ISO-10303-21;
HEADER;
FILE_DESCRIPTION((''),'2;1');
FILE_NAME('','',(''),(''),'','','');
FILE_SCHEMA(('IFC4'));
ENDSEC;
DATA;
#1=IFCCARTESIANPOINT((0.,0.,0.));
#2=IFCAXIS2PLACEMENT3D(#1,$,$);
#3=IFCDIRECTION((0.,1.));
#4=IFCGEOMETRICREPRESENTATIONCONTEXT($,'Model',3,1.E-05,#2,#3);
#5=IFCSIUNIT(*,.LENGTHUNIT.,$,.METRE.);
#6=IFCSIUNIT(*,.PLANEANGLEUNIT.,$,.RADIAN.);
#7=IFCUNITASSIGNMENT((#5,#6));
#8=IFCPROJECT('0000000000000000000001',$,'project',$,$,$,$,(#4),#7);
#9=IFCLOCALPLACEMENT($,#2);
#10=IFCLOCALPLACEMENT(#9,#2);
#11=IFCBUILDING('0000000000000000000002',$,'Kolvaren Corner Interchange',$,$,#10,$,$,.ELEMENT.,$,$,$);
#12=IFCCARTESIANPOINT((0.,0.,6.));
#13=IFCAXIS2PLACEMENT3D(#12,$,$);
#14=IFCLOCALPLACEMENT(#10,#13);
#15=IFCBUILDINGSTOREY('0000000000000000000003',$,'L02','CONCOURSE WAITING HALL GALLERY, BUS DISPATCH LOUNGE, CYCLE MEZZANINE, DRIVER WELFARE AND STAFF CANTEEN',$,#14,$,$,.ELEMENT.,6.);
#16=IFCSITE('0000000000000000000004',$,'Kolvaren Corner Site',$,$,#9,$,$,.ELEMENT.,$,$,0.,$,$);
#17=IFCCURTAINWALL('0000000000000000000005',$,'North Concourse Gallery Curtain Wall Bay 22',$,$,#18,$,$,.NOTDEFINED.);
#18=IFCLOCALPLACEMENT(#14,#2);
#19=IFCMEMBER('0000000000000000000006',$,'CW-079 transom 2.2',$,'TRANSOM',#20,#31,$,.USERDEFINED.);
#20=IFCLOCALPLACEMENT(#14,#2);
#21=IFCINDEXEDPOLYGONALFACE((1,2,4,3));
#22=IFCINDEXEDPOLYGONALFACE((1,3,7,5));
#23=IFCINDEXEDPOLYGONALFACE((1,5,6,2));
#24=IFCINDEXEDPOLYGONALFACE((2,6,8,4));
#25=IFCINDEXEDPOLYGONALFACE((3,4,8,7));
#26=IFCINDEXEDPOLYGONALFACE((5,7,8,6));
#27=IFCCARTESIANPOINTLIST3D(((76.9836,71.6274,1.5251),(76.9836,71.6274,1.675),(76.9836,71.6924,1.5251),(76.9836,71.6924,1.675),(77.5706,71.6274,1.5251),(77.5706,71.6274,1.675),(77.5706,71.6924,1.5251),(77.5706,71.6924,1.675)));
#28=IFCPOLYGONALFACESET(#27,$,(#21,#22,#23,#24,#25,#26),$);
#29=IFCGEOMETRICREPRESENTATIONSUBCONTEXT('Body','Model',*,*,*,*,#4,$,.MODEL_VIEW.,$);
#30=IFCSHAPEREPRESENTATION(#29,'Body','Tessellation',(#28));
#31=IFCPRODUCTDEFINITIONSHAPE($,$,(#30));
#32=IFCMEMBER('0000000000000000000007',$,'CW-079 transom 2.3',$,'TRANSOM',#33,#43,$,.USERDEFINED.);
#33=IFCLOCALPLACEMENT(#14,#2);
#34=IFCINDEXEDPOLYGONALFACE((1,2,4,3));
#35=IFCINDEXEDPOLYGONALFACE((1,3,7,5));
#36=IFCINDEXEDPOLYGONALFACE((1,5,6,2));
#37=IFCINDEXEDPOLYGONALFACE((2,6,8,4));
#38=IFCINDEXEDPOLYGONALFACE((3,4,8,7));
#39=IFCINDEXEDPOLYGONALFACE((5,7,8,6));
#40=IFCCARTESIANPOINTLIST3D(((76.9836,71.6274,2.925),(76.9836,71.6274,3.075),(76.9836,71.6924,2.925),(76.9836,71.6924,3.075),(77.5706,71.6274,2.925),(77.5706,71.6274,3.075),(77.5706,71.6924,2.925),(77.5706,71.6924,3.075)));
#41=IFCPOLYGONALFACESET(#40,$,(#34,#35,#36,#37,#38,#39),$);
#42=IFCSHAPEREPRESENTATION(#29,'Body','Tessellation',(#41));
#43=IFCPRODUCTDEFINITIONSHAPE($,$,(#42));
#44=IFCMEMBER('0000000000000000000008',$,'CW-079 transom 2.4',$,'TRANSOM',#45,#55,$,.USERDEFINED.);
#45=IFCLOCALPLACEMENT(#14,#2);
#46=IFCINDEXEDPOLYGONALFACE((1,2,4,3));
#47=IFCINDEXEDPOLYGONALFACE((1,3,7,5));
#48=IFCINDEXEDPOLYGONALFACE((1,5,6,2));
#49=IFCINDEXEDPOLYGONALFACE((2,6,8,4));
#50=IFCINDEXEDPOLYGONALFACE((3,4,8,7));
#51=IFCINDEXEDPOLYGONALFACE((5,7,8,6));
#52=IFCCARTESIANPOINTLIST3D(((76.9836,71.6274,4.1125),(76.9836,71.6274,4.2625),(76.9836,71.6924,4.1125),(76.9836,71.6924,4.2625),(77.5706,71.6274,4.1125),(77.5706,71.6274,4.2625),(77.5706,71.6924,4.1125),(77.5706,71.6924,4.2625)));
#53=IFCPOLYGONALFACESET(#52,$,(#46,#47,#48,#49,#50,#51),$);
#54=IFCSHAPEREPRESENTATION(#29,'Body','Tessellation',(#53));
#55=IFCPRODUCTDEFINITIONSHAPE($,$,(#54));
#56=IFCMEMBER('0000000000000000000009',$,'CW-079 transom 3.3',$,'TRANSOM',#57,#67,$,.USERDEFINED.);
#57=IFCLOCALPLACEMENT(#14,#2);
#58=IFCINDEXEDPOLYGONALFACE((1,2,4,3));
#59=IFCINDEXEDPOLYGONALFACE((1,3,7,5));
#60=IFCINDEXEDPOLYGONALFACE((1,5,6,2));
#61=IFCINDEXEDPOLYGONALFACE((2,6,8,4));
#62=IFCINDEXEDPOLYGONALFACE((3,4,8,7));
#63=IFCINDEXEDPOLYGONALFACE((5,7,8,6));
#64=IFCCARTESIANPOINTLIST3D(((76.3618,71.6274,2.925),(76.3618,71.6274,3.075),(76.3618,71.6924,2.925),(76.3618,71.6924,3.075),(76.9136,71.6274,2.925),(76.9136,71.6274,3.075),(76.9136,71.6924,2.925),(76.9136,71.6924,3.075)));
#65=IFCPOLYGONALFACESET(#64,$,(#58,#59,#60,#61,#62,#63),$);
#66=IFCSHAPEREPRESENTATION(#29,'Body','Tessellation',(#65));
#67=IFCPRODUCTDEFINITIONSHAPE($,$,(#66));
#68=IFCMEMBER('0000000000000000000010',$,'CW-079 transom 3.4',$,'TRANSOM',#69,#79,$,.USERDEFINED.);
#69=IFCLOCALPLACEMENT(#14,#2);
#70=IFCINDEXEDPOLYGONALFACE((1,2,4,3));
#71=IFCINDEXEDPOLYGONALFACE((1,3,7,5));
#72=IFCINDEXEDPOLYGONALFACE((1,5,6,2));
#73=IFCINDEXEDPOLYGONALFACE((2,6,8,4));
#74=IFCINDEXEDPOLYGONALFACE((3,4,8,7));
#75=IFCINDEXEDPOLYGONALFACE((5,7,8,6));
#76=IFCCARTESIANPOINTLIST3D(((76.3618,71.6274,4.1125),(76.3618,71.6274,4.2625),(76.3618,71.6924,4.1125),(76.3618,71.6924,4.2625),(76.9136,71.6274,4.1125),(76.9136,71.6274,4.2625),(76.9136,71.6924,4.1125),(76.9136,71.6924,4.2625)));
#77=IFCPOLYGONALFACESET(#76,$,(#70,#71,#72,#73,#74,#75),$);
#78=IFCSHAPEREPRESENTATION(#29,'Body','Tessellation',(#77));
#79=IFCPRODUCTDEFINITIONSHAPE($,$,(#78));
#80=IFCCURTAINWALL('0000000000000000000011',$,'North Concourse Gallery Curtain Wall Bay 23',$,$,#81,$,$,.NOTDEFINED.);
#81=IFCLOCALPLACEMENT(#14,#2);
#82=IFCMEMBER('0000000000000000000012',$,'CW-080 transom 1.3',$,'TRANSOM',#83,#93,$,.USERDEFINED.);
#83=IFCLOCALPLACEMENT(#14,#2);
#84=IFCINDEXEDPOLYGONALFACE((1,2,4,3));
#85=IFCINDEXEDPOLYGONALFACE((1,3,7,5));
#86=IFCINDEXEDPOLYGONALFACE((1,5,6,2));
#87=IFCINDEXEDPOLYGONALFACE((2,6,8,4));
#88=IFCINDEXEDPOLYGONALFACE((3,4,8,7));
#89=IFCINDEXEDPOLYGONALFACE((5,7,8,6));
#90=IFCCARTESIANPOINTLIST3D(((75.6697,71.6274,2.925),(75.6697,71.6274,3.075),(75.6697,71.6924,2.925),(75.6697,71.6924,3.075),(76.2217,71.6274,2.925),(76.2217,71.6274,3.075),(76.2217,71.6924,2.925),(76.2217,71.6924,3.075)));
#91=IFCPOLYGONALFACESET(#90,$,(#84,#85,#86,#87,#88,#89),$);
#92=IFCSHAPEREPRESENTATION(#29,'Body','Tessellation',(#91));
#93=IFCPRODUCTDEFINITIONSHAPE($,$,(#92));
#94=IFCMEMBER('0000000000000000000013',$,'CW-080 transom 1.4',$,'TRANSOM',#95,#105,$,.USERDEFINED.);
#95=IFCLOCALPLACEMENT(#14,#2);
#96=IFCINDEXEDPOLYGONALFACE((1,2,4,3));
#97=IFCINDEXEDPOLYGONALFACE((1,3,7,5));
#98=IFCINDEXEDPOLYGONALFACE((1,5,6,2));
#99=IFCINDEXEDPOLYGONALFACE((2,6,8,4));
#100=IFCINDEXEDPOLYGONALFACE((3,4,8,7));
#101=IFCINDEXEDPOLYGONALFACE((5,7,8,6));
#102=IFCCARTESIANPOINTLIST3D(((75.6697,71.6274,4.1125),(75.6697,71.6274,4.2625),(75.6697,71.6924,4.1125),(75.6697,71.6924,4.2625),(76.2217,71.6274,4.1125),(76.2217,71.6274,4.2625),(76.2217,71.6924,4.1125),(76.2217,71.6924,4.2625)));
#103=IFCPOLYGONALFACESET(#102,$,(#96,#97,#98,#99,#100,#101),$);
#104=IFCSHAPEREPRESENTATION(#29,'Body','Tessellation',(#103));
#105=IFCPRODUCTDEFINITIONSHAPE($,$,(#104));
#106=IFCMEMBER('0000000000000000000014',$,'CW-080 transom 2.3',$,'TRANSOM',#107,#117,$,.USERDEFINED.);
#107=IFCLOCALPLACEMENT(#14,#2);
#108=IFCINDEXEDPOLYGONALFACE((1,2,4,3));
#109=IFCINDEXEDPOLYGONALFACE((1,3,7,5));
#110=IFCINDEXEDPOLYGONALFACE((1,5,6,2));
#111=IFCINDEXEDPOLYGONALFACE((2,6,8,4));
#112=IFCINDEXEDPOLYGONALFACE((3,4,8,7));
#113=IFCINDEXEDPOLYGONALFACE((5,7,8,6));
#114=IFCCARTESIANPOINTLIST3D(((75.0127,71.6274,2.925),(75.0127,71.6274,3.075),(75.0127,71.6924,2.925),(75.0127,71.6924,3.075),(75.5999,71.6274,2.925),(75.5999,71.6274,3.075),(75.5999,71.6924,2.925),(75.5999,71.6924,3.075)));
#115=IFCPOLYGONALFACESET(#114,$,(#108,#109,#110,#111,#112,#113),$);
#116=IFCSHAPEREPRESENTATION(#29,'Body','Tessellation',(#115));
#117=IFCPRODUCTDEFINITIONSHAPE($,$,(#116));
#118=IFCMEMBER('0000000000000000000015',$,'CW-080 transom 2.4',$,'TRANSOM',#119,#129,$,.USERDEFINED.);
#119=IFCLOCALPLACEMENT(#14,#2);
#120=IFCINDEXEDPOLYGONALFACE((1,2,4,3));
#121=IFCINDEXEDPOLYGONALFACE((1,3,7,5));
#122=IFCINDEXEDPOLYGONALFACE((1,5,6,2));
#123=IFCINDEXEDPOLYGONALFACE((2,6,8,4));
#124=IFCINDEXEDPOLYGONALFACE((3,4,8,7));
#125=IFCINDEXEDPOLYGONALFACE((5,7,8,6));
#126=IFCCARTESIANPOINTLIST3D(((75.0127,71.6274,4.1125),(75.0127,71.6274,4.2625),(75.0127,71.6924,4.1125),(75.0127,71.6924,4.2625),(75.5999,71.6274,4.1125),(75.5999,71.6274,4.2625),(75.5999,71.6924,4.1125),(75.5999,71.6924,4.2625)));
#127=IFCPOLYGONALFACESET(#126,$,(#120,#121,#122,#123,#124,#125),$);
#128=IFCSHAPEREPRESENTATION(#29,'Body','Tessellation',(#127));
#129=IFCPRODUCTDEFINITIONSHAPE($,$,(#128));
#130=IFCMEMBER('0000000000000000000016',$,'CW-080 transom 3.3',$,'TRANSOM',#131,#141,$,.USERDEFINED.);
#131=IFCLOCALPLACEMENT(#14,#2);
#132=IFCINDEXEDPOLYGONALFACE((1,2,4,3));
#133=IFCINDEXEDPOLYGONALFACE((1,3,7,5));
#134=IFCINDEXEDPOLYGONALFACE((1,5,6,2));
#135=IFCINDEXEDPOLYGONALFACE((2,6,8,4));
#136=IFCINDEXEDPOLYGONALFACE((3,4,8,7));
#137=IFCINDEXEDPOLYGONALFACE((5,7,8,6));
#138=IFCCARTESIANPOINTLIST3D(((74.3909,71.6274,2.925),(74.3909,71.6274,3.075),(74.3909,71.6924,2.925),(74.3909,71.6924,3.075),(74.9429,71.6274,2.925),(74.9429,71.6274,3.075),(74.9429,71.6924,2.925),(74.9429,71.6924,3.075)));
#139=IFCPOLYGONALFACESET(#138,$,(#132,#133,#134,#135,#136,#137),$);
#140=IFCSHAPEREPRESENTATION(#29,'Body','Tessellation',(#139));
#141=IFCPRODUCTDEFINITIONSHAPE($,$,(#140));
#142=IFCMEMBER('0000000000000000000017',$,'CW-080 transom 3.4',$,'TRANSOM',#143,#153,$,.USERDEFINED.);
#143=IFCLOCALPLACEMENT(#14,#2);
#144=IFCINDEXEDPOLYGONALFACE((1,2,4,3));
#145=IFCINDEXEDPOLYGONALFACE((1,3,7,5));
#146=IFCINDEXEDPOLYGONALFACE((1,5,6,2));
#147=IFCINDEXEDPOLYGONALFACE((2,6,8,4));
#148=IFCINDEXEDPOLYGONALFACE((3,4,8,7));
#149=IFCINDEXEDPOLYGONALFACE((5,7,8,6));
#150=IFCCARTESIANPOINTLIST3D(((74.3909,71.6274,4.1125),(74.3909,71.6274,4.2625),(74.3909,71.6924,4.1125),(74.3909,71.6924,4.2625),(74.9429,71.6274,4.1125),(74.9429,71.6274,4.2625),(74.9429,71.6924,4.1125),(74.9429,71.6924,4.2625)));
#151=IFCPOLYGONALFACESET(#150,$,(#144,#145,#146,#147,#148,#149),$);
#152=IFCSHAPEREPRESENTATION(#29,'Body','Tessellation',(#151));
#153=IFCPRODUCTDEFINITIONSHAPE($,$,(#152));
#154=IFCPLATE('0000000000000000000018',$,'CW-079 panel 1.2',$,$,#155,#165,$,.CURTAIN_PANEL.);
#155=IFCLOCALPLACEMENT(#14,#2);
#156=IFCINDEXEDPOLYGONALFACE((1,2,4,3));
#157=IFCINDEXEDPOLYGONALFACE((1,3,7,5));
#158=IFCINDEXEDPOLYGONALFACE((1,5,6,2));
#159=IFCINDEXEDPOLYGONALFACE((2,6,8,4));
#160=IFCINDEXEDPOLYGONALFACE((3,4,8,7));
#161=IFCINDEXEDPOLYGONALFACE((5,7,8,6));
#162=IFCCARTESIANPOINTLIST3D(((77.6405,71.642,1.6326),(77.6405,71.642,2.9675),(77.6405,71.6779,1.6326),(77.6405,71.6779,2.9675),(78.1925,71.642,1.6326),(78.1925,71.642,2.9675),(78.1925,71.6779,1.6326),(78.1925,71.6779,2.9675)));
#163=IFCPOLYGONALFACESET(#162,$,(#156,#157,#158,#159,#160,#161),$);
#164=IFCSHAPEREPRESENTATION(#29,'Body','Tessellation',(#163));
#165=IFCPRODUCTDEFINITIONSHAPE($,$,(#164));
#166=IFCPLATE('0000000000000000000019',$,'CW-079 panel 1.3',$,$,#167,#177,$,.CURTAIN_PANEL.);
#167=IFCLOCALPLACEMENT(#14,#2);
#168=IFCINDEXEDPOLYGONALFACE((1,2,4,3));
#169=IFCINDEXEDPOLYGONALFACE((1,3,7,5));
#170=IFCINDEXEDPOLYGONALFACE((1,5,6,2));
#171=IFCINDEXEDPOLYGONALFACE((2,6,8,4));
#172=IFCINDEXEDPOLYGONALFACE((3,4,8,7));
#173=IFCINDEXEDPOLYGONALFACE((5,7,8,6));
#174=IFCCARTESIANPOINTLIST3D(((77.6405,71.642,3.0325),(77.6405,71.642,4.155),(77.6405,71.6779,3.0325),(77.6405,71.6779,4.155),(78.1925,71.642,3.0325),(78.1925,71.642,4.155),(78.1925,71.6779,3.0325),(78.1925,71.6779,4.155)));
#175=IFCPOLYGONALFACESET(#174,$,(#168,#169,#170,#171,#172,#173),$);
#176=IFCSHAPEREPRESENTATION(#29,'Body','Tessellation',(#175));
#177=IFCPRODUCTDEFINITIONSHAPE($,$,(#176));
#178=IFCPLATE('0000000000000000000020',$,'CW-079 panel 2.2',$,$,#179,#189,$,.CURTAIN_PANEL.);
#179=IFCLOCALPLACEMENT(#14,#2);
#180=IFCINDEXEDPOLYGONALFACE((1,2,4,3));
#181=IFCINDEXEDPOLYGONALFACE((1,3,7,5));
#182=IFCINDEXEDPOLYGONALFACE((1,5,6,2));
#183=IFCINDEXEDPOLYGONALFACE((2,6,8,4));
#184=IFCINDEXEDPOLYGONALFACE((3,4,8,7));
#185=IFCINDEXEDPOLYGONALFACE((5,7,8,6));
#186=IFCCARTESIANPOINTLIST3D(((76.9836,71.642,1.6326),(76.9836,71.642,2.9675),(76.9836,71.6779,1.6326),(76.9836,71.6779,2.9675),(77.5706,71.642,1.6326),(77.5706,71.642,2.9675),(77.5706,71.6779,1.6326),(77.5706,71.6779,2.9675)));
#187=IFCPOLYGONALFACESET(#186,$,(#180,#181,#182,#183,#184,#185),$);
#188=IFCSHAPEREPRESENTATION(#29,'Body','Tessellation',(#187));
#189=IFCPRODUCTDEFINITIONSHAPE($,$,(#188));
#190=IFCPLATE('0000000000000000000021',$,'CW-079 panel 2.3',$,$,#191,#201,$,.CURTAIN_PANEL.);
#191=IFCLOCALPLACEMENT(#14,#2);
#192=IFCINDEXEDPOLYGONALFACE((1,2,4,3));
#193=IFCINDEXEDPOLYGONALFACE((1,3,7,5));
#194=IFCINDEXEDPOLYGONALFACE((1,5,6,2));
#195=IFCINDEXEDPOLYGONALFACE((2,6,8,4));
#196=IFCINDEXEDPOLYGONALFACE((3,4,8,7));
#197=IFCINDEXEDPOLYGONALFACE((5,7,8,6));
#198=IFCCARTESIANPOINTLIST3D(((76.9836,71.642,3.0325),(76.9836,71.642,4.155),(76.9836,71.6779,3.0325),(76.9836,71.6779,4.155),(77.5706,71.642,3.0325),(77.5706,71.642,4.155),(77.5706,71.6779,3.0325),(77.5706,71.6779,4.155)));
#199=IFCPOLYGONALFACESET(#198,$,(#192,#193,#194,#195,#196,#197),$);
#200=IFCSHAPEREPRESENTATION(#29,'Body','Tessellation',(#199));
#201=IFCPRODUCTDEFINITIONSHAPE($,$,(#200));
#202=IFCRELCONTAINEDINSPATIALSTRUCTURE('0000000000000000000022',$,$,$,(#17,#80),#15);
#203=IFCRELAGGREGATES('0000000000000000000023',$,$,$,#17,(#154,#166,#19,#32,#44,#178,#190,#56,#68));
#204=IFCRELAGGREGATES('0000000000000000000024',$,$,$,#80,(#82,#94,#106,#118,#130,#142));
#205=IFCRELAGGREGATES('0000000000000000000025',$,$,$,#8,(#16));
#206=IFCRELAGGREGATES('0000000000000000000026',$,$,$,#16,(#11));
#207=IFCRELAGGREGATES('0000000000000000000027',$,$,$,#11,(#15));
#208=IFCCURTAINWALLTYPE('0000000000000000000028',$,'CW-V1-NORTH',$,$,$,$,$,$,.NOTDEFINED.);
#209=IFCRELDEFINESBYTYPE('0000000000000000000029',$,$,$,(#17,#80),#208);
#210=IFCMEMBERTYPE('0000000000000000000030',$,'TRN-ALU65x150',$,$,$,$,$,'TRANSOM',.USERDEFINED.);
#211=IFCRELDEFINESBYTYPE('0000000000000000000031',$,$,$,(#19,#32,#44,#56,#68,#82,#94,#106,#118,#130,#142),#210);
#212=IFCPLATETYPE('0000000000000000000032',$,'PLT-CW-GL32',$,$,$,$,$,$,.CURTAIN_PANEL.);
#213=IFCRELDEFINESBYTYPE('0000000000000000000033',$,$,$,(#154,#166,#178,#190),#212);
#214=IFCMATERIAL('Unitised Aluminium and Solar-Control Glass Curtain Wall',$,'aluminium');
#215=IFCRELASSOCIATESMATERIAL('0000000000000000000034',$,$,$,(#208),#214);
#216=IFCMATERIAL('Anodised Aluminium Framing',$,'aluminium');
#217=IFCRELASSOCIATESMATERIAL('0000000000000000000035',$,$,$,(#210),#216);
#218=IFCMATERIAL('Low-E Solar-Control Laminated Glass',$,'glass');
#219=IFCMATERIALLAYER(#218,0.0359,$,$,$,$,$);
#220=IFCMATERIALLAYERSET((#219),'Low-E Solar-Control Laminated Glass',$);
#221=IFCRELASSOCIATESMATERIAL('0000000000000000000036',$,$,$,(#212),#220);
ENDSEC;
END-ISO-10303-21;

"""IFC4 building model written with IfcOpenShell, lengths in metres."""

from ifc_helpers import new_model, si_unit, direction, frame, origin, origin_2d, place, context, subcontext, project, spatial, rectangle, extrude, material, layer, layer_set, material_profile, profile_set, type_object, element, aggregate, save


model = new_model("IFC4")

# Units and contexts
model_context = context("Model", 3, precision=1e-05, world=origin(), true_north=direction((0.0, 1.0)))
body_context = subcontext(model_context, "Body", "Model", "MODEL_VIEW")
ifc_project = project(units=[si_unit("LENGTHUNIT", "METRE"), si_unit("PLANEANGLEUNIT", "RADIAN")], contexts=[model_context])

# Site, building, storey
site_placement = place(None, origin())
site = spatial("IfcSite", under=ifc_project, at=site_placement, Name="Kolvaren Corner Site", CompositionType="ELEMENT", RefElevation=0.0)
building_placement = place(site_placement, origin())
building = spatial("IfcBuilding", under=site, at=building_placement, Name="Kolvaren Corner Interchange", CompositionType="ELEMENT")
storey_placement = place(building_placement, frame((0.0, 0.0, 6.0)))
storey = spatial("IfcBuildingStorey", under=building, at=storey_placement, Name="L02", Description="CONCOURSE WAITING HALL GALLERY, BUS DISPATCH LOUNGE, CYCLE MEZZANINE, DRIVER WELFARE AND STAFF CANTEEN", CompositionType="ELEMENT", Elevation=6.0)

# Curtain walls, members
ifc_material_1 = material(Name="Unitised Aluminium and Solar-Control Glass Curtain Wall", Category="aluminium")
curtain_wall_type = type_object("IfcCurtainWallType", Name="CW-V1-NORTH", PredefinedType="NOTDEFINED", material=ifc_material_1)
curtain_wall_1_placement = place(storey_placement, origin())
curtain_wall_1 = element("IfcCurtainWall", 1, at=curtain_wall_1_placement, inside=storey, type_object=curtain_wall_type, Name="North Concourse Gallery Curtain Wall Bay 22", PredefinedType="NOTDEFINED")
ifc_material_2 = material(Name="Anodised Aluminium Framing", Category="aluminium")
ifc_material_profile = material_profile(ifc_material_2, rectangle(XDim=0.0649, YDim=0.1499, at=origin_2d()), Name="ALU 65x150")
ifc_profile_set = profile_set([ifc_material_profile], Name="Anodised Aluminium Framing")
member_type = type_object("IfcMemberType", Name="TRN-ALU65x150", ElementType="TRANSOM", PredefinedType="USERDEFINED", material=ifc_profile_set)
member_1_placement = place(storey_placement, frame((77.5706, 71.6599, 1.6001), z_axis=(-1.0, 0.0, 0.0), x_axis=(0.0, -1.0, 0.0)))
member_1 = element("IfcMember", 2, at=member_1_placement, type_object=member_type, Name="CW-079 transom 2.2", ObjectType="TRANSOM", PredefinedType="USERDEFINED", context=body_context, shape_type="SweptSolid", body=[
    extrude(rectangle(XDim=0.0649, YDim=0.1499, at=origin_2d()), origin(), (0.0, 0.0, 1.0), 0.5869),
])
member_2_placement = place(storey_placement, frame((77.5706, 71.6599, 3.0), z_axis=(-1.0, 0.0, 0.0), x_axis=(0.0, -1.0, 0.0)))
member_2 = element("IfcMember", 3, at=member_2_placement, type_object=member_type, Name="CW-079 transom 2.3", ObjectType="TRANSOM", PredefinedType="USERDEFINED", context=body_context, shape_type="SweptSolid", body=[
    extrude(rectangle(XDim=0.0649, YDim=0.1499, at=origin_2d()), origin(), (0.0, 0.0, 1.0), 0.5869),
])
member_3_placement = place(storey_placement, frame((77.5706, 71.6599, 4.1875), z_axis=(-1.0, 0.0, 0.0), x_axis=(0.0, -1.0, 0.0)))
member_3 = element("IfcMember", 4, at=member_3_placement, type_object=member_type, Name="CW-079 transom 2.4", ObjectType="TRANSOM", PredefinedType="USERDEFINED", context=body_context, shape_type="SweptSolid", body=[
    extrude(rectangle(XDim=0.0649, YDim=0.1499, at=origin_2d()), origin(), (0.0, 0.0, 1.0), 0.5869),
])
member_4_placement = place(storey_placement, frame((76.9136, 71.6599, 3.0), z_axis=(-1.0, 0.0, 0.0), x_axis=(0.0, -1.0, 0.0)))
member_4 = element("IfcMember", 5, at=member_4_placement, type_object=member_type, Name="CW-079 transom 3.3", ObjectType="TRANSOM", PredefinedType="USERDEFINED", context=body_context, shape_type="SweptSolid", body=[
    extrude(rectangle(XDim=0.0649, YDim=0.1499, at=origin_2d()), origin(), (0.0, 0.0, 1.0), 0.5518),
])
member_5_placement = place(storey_placement, frame((76.9136, 71.6599, 4.1875), z_axis=(-1.0, 0.0, 0.0), x_axis=(0.0, -1.0, 0.0)))
member_5 = element("IfcMember", 6, at=member_5_placement, type_object=member_type, Name="CW-079 transom 3.4", ObjectType="TRANSOM", PredefinedType="USERDEFINED", context=body_context, shape_type="SweptSolid", body=[
    extrude(rectangle(XDim=0.0649, YDim=0.1499, at=origin_2d()), origin(), (0.0, 0.0, 1.0), 0.5518),
])
curtain_wall_2_placement = place(storey_placement, origin())
curtain_wall_2 = element("IfcCurtainWall", 7, at=curtain_wall_2_placement, inside=storey, type_object=curtain_wall_type, Name="North Concourse Gallery Curtain Wall Bay 23", PredefinedType="NOTDEFINED")
member_6_placement = place(storey_placement, frame((76.2217, 71.6599, 3.0), z_axis=(-1.0, 0.0, 0.0), x_axis=(0.0, -1.0, 0.0)))
member_6 = element("IfcMember", 8, at=member_6_placement, type_object=member_type, Name="CW-080 transom 1.3", ObjectType="TRANSOM", PredefinedType="USERDEFINED", context=body_context, shape_type="SweptSolid", body=[
    extrude(rectangle(XDim=0.0649, YDim=0.1499, at=origin_2d()), origin(), (0.0, 0.0, 1.0), 0.552),
])
member_7_placement = place(storey_placement, frame((76.2217, 71.6599, 4.1875), z_axis=(-1.0, 0.0, 0.0), x_axis=(0.0, -1.0, 0.0)))
member_7 = element("IfcMember", 9, at=member_7_placement, type_object=member_type, Name="CW-080 transom 1.4", ObjectType="TRANSOM", PredefinedType="USERDEFINED", context=body_context, shape_type="SweptSolid", body=[
    extrude(rectangle(XDim=0.0649, YDim=0.1499, at=origin_2d()), origin(), (0.0, 0.0, 1.0), 0.552),
])
member_8_placement = place(storey_placement, frame((75.5999, 71.6599, 3.0), z_axis=(-1.0, 0.0, 0.0), x_axis=(0.0, -1.0, 0.0)))
member_8 = element("IfcMember", 10, at=member_8_placement, type_object=member_type, Name="CW-080 transom 2.3", ObjectType="TRANSOM", PredefinedType="USERDEFINED", context=body_context, shape_type="SweptSolid", body=[
    extrude(rectangle(XDim=0.0649, YDim=0.1499, at=origin_2d()), origin(), (0.0, 0.0, 1.0), 0.5872),
])
member_9_placement = place(storey_placement, frame((75.5999, 71.6599, 4.1875), z_axis=(-1.0, 0.0, 0.0), x_axis=(0.0, -1.0, 0.0)))
member_9 = element("IfcMember", 11, at=member_9_placement, type_object=member_type, Name="CW-080 transom 2.4", ObjectType="TRANSOM", PredefinedType="USERDEFINED", context=body_context, shape_type="SweptSolid", body=[
    extrude(rectangle(XDim=0.0649, YDim=0.1499, at=origin_2d()), origin(), (0.0, 0.0, 1.0), 0.5872),
])
member_10_placement = place(storey_placement, frame((74.9429, 71.6599, 3.0), z_axis=(-1.0, 0.0, 0.0), x_axis=(0.0, -1.0, 0.0)))
member_10 = element("IfcMember", 12, at=member_10_placement, type_object=member_type, Name="CW-080 transom 3.3", ObjectType="TRANSOM", PredefinedType="USERDEFINED", context=body_context, shape_type="SweptSolid", body=[
    extrude(rectangle(XDim=0.0649, YDim=0.1499, at=origin_2d()), origin(), (0.0, 0.0, 1.0), 0.552),
])
member_11_placement = place(storey_placement, frame((74.9429, 71.6599, 4.1875), z_axis=(-1.0, 0.0, 0.0), x_axis=(0.0, -1.0, 0.0)))
member_11 = element("IfcMember", 13, at=member_11_placement, type_object=member_type, Name="CW-080 transom 3.4", ObjectType="TRANSOM", PredefinedType="USERDEFINED", context=body_context, shape_type="SweptSolid", body=[
    extrude(rectangle(XDim=0.0649, YDim=0.1499, at=origin_2d()), origin(), (0.0, 0.0, 1.0), 0.552),
])

# Plates
ifc_material_3 = material(Name="Low-E Solar-Control Laminated Glass", Category="glass")
ifc_layer = layer(ifc_material_3, 0.0359)
ifc_layer_set = layer_set([ifc_layer], Name="Low-E Solar-Control Laminated Glass")
plate_type = type_object("IfcPlateType", Name="PLT-CW-GL32", PredefinedType="CURTAIN_PANEL", material=ifc_layer_set)
plate_1_placement = place(storey_placement, frame((77.9165, 71.6599, 1.6326), z_axis=(0.0, 0.0, 1.0), x_axis=(-1.0, 0.0, 0.0)))
plate_1 = element("IfcPlate", 14, at=plate_1_placement, type_object=plate_type, Name="CW-079 panel 1.2", PredefinedType="CURTAIN_PANEL", context=body_context, shape_type="SweptSolid", body=[
    extrude(rectangle(XDim=0.552, YDim=0.0359, at=origin_2d()), origin(), (0.0, 0.0, 1.0), 1.335),
])
plate_2_placement = place(storey_placement, frame((77.9165, 71.6599, 3.0325), z_axis=(0.0, 0.0, 1.0), x_axis=(-1.0, 0.0, 0.0)))
plate_2 = element("IfcPlate", 15, at=plate_2_placement, type_object=plate_type, Name="CW-079 panel 1.3", PredefinedType="CURTAIN_PANEL", context=body_context, shape_type="SweptSolid", body=[
    extrude(rectangle(XDim=0.552, YDim=0.0359, at=origin_2d()), origin(), (0.0, 0.0, 1.0), 1.1226),
])
plate_3_placement = place(storey_placement, frame((77.2771, 71.6599, 1.6326), z_axis=(0.0, 0.0, 1.0), x_axis=(-1.0, 0.0, 0.0)))
plate_3 = element("IfcPlate", 16, at=plate_3_placement, type_object=plate_type, Name="CW-079 panel 2.2", PredefinedType="CURTAIN_PANEL", context=body_context, shape_type="SweptSolid", body=[
    extrude(rectangle(XDim=0.5869, YDim=0.0359, at=origin_2d()), origin(), (0.0, 0.0, 1.0), 1.335),
])
plate_4_placement = place(storey_placement, frame((77.2771, 71.6599, 3.0325), z_axis=(0.0, 0.0, 1.0), x_axis=(-1.0, 0.0, 0.0)))
plate_4 = element("IfcPlate", 17, at=plate_4_placement, type_object=plate_type, Name="CW-079 panel 2.3", PredefinedType="CURTAIN_PANEL", context=body_context, shape_type="SweptSolid", body=[
    extrude(rectangle(XDim=0.5869, YDim=0.0359, at=origin_2d()), origin(), (0.0, 0.0, 1.0), 1.1226),
])
aggregate(curtain_wall_1, [plate_1, plate_2, member_1, member_2, member_3, plate_3, plate_4, member_4, member_5])
aggregate(curtain_wall_2, [member_6, member_7, member_8, member_9, member_10, member_11])

save(model, "model.ifc")
